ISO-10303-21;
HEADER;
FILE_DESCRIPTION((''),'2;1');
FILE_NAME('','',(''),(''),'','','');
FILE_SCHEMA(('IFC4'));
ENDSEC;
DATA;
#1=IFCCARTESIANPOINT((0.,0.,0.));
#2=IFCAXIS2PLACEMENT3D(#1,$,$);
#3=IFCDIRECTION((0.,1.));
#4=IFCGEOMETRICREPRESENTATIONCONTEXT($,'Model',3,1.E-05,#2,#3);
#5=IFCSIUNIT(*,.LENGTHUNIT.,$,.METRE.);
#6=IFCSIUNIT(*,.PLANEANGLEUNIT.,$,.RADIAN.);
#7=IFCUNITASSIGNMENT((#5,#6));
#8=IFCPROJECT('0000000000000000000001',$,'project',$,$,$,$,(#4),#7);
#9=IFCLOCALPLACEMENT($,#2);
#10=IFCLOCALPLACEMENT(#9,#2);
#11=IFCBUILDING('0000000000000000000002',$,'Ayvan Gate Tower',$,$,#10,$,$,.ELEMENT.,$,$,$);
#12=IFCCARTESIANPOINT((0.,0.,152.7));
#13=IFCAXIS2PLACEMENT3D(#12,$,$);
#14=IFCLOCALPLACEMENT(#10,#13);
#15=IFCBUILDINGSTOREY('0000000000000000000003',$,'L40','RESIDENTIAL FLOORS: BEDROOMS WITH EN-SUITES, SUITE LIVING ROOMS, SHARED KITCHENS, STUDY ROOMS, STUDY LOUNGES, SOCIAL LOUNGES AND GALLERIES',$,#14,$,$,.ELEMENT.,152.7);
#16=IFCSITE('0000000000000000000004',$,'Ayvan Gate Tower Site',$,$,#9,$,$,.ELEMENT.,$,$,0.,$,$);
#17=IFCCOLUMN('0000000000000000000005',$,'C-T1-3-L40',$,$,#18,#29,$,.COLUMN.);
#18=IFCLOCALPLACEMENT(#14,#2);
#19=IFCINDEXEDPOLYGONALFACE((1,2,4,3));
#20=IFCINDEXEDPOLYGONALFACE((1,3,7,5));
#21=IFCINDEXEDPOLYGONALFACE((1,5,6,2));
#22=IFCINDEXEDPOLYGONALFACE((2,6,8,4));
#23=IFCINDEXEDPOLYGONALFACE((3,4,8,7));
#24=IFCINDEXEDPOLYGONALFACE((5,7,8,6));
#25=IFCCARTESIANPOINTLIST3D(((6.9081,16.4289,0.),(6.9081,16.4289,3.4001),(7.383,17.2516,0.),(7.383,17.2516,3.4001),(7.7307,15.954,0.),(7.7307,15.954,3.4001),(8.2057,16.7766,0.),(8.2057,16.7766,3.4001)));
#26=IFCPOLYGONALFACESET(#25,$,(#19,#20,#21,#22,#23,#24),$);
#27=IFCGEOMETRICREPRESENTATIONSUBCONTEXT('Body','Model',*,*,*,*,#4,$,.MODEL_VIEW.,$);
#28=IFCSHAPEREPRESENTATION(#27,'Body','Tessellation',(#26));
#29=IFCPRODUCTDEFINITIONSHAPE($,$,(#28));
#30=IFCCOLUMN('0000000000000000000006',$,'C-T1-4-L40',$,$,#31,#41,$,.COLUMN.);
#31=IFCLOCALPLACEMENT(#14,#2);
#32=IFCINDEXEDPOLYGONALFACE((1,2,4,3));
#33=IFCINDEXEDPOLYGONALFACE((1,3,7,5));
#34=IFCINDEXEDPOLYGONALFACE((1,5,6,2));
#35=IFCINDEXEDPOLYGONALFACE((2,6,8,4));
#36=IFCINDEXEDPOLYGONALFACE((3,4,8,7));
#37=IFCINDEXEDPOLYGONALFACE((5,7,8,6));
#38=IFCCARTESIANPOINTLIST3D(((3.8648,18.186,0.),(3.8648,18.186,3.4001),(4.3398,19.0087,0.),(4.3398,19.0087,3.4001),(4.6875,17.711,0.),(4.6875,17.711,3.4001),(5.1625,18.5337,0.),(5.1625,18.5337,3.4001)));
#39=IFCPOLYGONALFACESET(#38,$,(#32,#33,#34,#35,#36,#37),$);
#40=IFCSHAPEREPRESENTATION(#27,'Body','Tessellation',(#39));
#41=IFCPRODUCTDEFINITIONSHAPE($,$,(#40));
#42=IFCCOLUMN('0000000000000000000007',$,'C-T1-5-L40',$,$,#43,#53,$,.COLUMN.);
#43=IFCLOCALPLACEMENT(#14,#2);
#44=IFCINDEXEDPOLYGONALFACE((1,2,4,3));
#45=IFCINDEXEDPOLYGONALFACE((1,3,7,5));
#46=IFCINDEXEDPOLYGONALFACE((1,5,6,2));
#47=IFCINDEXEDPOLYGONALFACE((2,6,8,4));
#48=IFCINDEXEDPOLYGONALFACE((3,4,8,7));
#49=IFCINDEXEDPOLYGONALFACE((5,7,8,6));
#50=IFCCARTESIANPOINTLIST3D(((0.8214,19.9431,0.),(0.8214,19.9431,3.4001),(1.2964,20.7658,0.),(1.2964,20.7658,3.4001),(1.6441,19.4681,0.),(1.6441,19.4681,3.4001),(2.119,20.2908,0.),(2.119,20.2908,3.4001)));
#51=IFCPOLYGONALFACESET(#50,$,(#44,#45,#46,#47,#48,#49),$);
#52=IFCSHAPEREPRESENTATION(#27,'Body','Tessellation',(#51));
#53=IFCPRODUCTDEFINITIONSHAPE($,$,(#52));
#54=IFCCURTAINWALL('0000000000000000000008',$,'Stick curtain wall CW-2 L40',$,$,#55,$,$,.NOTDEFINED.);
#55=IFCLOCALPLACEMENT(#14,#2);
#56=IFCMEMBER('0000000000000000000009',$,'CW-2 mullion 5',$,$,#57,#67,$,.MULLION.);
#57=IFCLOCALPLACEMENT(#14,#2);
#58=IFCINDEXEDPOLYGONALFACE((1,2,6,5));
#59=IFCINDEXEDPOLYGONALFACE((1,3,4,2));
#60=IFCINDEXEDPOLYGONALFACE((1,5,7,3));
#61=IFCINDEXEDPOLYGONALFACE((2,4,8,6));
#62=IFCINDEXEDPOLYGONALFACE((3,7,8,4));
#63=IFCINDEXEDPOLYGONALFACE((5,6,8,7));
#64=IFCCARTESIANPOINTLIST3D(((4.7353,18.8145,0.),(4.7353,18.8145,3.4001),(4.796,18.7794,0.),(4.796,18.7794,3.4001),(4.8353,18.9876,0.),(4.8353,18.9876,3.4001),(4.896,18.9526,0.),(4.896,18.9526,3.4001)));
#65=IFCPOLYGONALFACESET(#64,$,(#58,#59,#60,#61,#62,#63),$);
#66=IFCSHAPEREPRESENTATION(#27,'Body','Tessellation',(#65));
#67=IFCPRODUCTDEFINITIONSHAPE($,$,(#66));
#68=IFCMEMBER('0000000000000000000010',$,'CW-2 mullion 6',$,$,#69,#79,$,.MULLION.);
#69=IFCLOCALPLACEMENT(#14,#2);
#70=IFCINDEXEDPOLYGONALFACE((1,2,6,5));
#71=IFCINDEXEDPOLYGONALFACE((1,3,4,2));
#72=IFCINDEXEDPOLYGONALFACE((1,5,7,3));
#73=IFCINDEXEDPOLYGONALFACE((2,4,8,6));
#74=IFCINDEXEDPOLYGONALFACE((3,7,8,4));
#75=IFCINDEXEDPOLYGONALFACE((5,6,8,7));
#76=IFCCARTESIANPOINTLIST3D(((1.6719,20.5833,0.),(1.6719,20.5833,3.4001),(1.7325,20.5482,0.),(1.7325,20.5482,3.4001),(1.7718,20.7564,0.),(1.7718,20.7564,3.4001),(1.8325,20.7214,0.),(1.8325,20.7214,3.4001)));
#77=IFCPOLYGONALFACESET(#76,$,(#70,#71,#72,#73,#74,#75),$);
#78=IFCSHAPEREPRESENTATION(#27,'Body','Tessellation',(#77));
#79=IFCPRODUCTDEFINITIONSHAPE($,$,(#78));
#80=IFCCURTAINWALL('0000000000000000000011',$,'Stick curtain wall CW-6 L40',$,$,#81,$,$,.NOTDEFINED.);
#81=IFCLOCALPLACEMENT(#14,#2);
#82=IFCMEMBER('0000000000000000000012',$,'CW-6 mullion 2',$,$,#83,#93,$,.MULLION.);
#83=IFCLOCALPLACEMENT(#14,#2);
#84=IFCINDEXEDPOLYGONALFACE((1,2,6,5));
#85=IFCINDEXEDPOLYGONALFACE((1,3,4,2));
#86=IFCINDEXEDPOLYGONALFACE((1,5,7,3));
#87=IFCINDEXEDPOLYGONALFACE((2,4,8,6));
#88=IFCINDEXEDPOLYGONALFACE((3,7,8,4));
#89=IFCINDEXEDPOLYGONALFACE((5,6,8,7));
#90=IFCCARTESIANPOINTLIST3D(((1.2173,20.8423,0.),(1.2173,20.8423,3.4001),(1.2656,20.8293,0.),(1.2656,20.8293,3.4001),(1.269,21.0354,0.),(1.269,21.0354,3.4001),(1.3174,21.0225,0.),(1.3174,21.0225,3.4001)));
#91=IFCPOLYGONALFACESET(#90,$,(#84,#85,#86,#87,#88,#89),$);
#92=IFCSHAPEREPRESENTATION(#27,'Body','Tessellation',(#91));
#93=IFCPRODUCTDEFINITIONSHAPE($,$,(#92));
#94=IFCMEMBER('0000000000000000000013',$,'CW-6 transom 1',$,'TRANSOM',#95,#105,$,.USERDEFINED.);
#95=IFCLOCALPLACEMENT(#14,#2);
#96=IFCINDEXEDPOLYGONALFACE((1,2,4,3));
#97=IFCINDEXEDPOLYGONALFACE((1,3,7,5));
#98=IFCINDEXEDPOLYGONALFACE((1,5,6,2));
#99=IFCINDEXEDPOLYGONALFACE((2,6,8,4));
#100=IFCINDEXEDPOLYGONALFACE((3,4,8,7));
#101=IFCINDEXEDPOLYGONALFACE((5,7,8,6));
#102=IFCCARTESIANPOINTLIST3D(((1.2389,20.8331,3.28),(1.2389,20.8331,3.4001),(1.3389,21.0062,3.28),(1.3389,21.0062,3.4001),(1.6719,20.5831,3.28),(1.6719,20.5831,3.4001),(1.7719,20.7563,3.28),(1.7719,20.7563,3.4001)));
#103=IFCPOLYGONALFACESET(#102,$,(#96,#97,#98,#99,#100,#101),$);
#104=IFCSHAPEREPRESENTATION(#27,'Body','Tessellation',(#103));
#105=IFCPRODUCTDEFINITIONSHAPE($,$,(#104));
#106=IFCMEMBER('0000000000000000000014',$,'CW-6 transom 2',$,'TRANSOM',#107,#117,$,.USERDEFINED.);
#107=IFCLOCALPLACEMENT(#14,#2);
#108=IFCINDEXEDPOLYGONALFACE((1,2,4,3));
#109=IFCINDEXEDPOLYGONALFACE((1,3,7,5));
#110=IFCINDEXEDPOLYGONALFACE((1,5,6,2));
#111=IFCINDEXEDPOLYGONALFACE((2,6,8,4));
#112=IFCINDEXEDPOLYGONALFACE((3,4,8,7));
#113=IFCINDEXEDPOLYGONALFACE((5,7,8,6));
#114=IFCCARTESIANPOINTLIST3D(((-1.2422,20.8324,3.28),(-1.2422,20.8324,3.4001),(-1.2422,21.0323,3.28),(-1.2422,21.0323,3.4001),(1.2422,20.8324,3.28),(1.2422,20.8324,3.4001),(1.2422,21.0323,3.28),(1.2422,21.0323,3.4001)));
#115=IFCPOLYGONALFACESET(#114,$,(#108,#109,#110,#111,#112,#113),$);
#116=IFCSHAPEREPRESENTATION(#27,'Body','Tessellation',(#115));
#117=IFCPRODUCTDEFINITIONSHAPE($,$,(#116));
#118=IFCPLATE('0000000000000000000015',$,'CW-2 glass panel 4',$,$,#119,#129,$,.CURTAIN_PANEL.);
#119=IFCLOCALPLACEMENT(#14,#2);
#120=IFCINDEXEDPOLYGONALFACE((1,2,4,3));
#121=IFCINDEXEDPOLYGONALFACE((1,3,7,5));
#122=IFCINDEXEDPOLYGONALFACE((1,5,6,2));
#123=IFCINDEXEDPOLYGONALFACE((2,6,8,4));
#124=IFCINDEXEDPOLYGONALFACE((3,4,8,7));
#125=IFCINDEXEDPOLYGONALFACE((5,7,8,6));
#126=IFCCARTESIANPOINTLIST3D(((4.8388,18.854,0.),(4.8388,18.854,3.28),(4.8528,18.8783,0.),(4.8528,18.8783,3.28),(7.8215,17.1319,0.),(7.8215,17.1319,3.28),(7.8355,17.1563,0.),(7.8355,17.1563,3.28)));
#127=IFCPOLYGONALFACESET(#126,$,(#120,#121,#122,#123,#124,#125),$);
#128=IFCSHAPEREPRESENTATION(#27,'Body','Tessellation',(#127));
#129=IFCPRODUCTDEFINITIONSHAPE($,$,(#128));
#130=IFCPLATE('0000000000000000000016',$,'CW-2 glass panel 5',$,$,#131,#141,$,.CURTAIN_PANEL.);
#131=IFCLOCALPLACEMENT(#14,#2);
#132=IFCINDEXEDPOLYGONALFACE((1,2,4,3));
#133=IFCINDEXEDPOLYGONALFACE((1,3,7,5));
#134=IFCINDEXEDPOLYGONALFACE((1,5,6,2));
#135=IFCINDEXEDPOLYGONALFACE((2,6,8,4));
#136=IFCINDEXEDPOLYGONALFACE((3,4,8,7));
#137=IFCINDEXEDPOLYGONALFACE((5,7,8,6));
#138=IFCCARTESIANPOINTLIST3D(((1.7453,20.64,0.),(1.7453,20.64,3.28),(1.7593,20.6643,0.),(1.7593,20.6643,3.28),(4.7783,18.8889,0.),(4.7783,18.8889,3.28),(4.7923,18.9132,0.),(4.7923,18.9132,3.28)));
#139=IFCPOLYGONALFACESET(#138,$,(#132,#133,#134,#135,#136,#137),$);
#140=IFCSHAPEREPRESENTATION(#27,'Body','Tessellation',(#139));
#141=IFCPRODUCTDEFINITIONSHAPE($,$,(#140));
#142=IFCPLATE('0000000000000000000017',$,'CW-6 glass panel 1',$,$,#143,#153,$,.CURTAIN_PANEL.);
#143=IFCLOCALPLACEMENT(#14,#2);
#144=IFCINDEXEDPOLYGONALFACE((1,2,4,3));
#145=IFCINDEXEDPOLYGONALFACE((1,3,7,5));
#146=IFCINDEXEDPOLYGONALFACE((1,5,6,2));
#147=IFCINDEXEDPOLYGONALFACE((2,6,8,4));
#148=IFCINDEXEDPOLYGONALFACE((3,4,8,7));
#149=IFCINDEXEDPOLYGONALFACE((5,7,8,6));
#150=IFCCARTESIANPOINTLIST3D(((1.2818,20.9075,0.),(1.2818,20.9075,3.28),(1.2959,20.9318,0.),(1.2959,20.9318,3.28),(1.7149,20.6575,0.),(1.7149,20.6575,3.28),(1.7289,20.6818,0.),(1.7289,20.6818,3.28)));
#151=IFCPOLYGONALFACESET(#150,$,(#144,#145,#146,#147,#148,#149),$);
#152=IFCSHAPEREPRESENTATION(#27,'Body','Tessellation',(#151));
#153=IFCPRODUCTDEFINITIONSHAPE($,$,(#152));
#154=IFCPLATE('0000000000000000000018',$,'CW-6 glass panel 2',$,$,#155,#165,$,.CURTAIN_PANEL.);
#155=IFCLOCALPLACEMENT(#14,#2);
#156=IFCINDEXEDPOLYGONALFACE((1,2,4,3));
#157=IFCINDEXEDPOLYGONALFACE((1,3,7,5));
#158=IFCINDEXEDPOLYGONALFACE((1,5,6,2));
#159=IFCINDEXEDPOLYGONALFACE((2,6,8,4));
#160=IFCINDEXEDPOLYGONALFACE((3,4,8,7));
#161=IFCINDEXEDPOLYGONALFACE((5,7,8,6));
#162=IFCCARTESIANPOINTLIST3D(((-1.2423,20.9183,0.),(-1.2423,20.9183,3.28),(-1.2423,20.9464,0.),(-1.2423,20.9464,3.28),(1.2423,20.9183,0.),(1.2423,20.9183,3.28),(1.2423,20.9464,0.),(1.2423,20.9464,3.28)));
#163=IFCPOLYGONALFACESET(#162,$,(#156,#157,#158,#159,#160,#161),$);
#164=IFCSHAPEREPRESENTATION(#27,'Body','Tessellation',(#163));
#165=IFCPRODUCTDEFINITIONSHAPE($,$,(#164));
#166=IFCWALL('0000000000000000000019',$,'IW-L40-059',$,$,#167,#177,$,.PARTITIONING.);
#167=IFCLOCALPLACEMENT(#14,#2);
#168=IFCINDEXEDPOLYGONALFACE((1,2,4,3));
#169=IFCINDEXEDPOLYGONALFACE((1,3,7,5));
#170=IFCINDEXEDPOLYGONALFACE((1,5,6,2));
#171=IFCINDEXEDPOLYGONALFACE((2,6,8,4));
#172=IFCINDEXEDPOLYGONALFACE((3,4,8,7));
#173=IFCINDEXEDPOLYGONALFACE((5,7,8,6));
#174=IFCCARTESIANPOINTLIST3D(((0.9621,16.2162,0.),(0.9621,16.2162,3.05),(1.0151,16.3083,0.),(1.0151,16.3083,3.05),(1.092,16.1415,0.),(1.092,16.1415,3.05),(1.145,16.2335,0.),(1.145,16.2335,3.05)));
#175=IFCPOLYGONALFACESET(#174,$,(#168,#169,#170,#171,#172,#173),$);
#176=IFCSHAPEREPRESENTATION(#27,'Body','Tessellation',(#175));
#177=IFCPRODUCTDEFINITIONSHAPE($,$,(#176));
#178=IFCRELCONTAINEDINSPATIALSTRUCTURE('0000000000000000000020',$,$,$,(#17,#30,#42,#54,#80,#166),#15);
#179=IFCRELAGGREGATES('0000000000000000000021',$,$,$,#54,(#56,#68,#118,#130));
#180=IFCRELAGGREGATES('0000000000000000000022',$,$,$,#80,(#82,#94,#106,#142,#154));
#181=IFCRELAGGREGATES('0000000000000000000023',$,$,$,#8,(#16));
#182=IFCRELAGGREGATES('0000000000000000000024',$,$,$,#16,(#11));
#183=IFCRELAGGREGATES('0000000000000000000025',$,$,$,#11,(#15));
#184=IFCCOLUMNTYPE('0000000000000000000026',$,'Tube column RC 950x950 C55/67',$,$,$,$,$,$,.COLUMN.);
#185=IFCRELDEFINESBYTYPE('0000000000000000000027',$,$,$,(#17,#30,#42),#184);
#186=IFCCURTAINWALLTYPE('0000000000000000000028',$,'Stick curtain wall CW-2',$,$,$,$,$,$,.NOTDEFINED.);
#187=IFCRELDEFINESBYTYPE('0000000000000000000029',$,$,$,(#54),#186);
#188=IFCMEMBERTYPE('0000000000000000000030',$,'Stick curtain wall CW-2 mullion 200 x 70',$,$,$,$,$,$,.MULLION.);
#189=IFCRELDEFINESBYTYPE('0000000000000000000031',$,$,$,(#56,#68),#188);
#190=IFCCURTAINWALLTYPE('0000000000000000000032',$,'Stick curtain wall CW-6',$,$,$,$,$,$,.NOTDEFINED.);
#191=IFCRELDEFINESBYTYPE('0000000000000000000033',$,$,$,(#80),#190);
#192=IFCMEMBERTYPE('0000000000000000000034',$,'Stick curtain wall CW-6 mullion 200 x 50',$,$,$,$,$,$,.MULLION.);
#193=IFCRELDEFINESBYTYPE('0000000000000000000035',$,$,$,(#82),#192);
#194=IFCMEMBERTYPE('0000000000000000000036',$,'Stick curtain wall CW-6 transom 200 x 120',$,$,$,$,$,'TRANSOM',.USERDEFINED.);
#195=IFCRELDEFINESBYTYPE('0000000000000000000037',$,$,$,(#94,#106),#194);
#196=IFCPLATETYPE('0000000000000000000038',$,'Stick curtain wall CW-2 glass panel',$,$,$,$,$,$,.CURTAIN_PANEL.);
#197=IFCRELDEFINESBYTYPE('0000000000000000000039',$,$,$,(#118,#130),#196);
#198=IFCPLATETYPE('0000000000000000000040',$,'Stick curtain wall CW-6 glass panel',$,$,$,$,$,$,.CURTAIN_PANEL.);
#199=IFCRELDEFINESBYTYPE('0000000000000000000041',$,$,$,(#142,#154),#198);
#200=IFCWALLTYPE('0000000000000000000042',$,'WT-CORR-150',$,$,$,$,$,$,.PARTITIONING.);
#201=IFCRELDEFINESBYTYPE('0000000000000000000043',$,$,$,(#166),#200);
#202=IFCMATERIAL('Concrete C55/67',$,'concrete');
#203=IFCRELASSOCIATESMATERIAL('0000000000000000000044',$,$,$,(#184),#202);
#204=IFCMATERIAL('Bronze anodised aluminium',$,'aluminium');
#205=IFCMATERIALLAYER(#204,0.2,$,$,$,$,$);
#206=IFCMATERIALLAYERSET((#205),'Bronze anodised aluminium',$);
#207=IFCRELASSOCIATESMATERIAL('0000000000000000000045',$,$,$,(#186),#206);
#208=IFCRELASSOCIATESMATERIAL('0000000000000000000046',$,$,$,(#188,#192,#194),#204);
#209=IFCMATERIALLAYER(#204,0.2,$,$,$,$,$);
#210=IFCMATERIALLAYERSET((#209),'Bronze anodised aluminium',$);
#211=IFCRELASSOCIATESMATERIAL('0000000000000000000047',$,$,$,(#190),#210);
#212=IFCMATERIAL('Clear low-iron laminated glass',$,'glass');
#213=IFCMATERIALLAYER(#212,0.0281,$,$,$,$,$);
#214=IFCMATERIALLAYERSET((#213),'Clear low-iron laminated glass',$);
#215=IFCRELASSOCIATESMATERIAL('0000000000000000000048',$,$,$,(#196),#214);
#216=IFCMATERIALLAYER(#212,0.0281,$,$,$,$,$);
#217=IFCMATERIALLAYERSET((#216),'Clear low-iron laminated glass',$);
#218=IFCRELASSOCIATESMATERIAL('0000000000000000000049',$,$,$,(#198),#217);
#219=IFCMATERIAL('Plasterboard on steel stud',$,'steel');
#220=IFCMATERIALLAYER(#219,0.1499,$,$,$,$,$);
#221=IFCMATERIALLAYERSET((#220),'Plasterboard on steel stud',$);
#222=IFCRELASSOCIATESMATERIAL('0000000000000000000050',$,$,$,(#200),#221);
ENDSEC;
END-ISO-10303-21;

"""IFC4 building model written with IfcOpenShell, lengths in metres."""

from ifc_helpers import new_model, si_unit, direction, frame, frame_2d, origin, origin_2d, place, context, subcontext, project, spatial, rectangle, extrude, material, layer, layer_set, material_profile, profile_set, type_object, element, aggregate, save


model = new_model("IFC4")

# Units and contexts
model_context = context("Model", 3, precision=1e-05, world=origin(), true_north=direction((0.0, 1.0)))
body_context = subcontext(model_context, "Body", "Model", "MODEL_VIEW")
ifc_project = project(units=[si_unit("LENGTHUNIT", "METRE"), si_unit("PLANEANGLEUNIT", "RADIAN")], contexts=[model_context])

# Site, building, storey
site_placement = place(None, origin())
site = spatial("IfcSite", under=ifc_project, at=site_placement, Name="Ayvan Gate Tower Site", CompositionType="ELEMENT", RefElevation=0.0)
building_placement = place(site_placement, origin())
building = spatial("IfcBuilding", under=site, at=building_placement, Name="Ayvan Gate Tower", CompositionType="ELEMENT")
storey_placement = place(building_placement, frame((0.0, 0.0, 152.7)))
storey = spatial("IfcBuildingStorey", under=building, at=storey_placement, Name="L40", Description="RESIDENTIAL FLOORS: BEDROOMS WITH EN-SUITES, SUITE LIVING ROOMS, SHARED KITCHENS, STUDY ROOMS, STUDY LOUNGES, SOCIAL LOUNGES AND GALLERIES", CompositionType="ELEMENT", Elevation=152.7)

# Columns
ifc_material_1 = material(Name="Concrete C55/67", Category="concrete")
ifc_material_profile_1 = material_profile(ifc_material_1, rectangle(XDim=0.95, YDim=0.95, at=origin_2d()), Name="RC 950x950")
ifc_profile_set_1 = profile_set([ifc_material_profile_1], Name="Concrete C55/67")
column_type = type_object("IfcColumnType", Name="Tube column RC 950x950 C55/67", PredefinedType="COLUMN", material=ifc_profile_set_1)
for number, where, z_axis, x_axis, name in (
    (1, (7.5569, 16.6028, 0.0), (0.0, 0.0, 1.0), (0.5, 0.866025, 0.0), "C-T1-3-L40"),
    (2, (4.5137, 18.3599, 0.0), (0.0, 0.0, 1.0), (0.5, 0.866025, 0.0), "C-T1-4-L40"),
    (3, (1.4702, 20.1169, 0.0), (0.0, 0.0, 1.0), (0.5, 0.866025, 0.0), "C-T1-5-L40"),
):
    element("IfcColumn", number, at=place(storey_placement, frame(where, z_axis=z_axis, x_axis=x_axis)), inside=storey, type_object=column_type, Name=name, PredefinedType="COLUMN", context=body_context, shape_type="SweptSolid", body=[
        extrude(rectangle(XDim=0.95, YDim=0.95, at=origin_2d()), origin(), (0.0, 0.0, 1.0), 3.4001),
    ])

# Curtain walls, members
ifc_material_2 = material(Name="Bronze anodised aluminium", Category="aluminium")
ifc_layer_1 = layer(ifc_material_2, 0.2)
ifc_layer_set_1 = layer_set([ifc_layer_1], Name="Bronze anodised aluminium")
curtain_wall_type_1 = type_object("IfcCurtainWallType", Name="Stick curtain wall CW-2", PredefinedType="NOTDEFINED", material=ifc_layer_set_1)
curtain_wall_1_placement = place(storey_placement, origin())
curtain_wall_1 = element("IfcCurtainWall", 4, at=curtain_wall_1_placement, inside=storey, type_object=curtain_wall_type_1, Name="Stick curtain wall CW-2 L40", PredefinedType="NOTDEFINED")
ifc_material_profile_2 = material_profile(ifc_material_2, rectangle(XDim=0.2, YDim=0.0701, at=origin_2d()), Name="Stick curtain wall CW-2 mullion 200 x 70")
ifc_profile_set_2 = profile_set([ifc_material_profile_2], Name="Bronze anodised aluminium")
member_type_1 = type_object("IfcMemberType", Name="Stick curtain wall CW-2 mullion 200 x 70", PredefinedType="MULLION", material=ifc_profile_set_2)
member_1_placement = place(storey_placement, frame((4.8157, 18.8835, 0.0), z_axis=(0.0, 0.0, 1.0), x_axis=(0.5, 0.866025, 0.0)))
member_1 = element("IfcMember", 5, at=member_1_placement, type_object=member_type_1, Name="CW-2 mullion 5", PredefinedType="MULLION", context=body_context, shape_type="SweptSolid", body=[
    extrude(rectangle(XDim=0.2, YDim=0.0701, at=origin_2d()), origin(), (0.0, 0.0, 1.0), 3.4001),
])
member_2_placement = place(storey_placement, frame((1.7522, 20.6523, 0.0), z_axis=(0.0, 0.0, 1.0), x_axis=(0.5, 0.866025, 0.0)))
member_2 = element("IfcMember", 6, at=member_2_placement, type_object=member_type_1, Name="CW-2 mullion 6", PredefinedType="MULLION", context=body_context, shape_type="SweptSolid", body=[
    extrude(rectangle(XDim=0.2, YDim=0.0701, at=origin_2d()), origin(), (0.0, 0.0, 1.0), 3.4001),
])
ifc_layer_2 = layer(ifc_material_2, 0.2)
ifc_layer_set_2 = layer_set([ifc_layer_2], Name="Bronze anodised aluminium")
curtain_wall_type_2 = type_object("IfcCurtainWallType", Name="Stick curtain wall CW-6", PredefinedType="NOTDEFINED", material=ifc_layer_set_2)
curtain_wall_2_placement = place(storey_placement, origin())
curtain_wall_2 = element("IfcCurtainWall", 7, at=curtain_wall_2_placement, inside=storey, type_object=curtain_wall_type_2, Name="Stick curtain wall CW-6 L40", PredefinedType="NOTDEFINED")
ifc_material_profile_3 = material_profile(ifc_material_2, rectangle(XDim=0.2, YDim=0.05, at=origin_2d()), Name="Stick curtain wall CW-6 mullion 200 x 50")
ifc_profile_set_3 = profile_set([ifc_material_profile_3], Name="Bronze anodised aluminium")
member_type_2 = type_object("IfcMemberType", Name="Stick curtain wall CW-6 mullion 200 x 50", PredefinedType="MULLION", material=ifc_profile_set_3)
member_3_placement = place(storey_placement, frame((1.2673, 20.9324, 0.0), z_axis=(0.0, 0.0, 1.0), x_axis=(0.258819, 0.965926, 0.0)))
member_3 = element("IfcMember", 8, at=member_3_placement, type_object=member_type_2, Name="CW-6 mullion 2", PredefinedType="MULLION", context=body_context, shape_type="SweptSolid", body=[
    extrude(rectangle(XDim=0.2, YDim=0.05, at=origin_2d()), origin(), (0.0, 0.0, 1.0), 3.4001),
])
ifc_material_profile_4 = material_profile(ifc_material_2, rectangle(XDim=0.2, YDim=0.1201, at=origin_2d()), Name="Stick curtain wall CW-6 transom 200 x 120")
ifc_profile_set_4 = profile_set([ifc_material_profile_4], Name="Bronze anodised aluminium")
member_type_3 = type_object("IfcMemberType", Name="Stick curtain wall CW-6 transom 200 x 120", ElementType="TRANSOM", PredefinedType="USERDEFINED", material=ifc_profile_set_4)
member_4_placement = place(storey_placement, frame((1.7219, 20.6697, 3.3401), z_axis=(-0.866072, 0.49992, 0.0), x_axis=(-0.49992, -0.866072, 0.0)))
member_4 = element("IfcMember", 9, at=member_4_placement, type_object=member_type_3, Name="CW-6 transom 1", ObjectType="TRANSOM", PredefinedType="USERDEFINED", context=body_context, shape_type="SweptSolid", body=[
    extrude(rectangle(XDim=0.2, YDim=0.1201, at=origin_2d()), origin(), (0.0, 0.0, 1.0), 0.5),
])
member_5_placement = place(storey_placement, frame((1.2422, 20.9324, 3.3401), z_axis=(-1.0, 0.0, 0.0), x_axis=(0.0, -1.0, 0.0)))
member_5 = element("IfcMember", 10, at=member_5_placement, type_object=member_type_3, Name="CW-6 transom 2", ObjectType="TRANSOM", PredefinedType="USERDEFINED", context=body_context, shape_type="SweptSolid", body=[
    extrude(rectangle(XDim=0.2, YDim=0.1201, at=origin_2d()), origin(), (0.0, 0.0, 1.0), 2.4844),
])

# Plates
ifc_material_3 = material(Name="Clear low-iron laminated glass", Category="glass")
ifc_layer_3 = layer(ifc_material_3, 0.0281)
ifc_layer_set_3 = layer_set([ifc_layer_3], Name="Clear low-iron laminated glass")
plate_type_1 = type_object("IfcPlateType", Name="Stick curtain wall CW-2 glass panel", PredefinedType="CURTAIN_PANEL", material=ifc_layer_set_3)
plate_1_placement = place(storey_placement, frame((6.3372, 18.0051, 0.0), z_axis=(0.0, 0.0, 1.0), x_axis=(-0.866025, 0.5, 0.0)))
plate_1 = element("IfcPlate", 11, at=plate_1_placement, type_object=plate_type_1, Name="CW-2 glass panel 4", PredefinedType="CURTAIN_PANEL", context=body_context, shape_type="SweptSolid", body=[
    extrude(rectangle(XDim=3.4441, YDim=0.0281, at=origin_2d()), origin(), (0.0, 0.0, 1.0), 3.28),
])
plate_2_placement = place(storey_placement, frame((3.2688, 19.7766, 0.0), z_axis=(0.0, 0.0, 1.0), x_axis=(-0.866025, 0.5, 0.0)))
plate_2 = element("IfcPlate", 12, at=plate_2_placement, type_object=plate_type_1, Name="CW-2 glass panel 5", PredefinedType="CURTAIN_PANEL", context=body_context, shape_type="SweptSolid", body=[
    extrude(rectangle(XDim=3.5022, YDim=0.0281, at=origin_2d()), origin(), (0.0, 0.0, 1.0), 3.28),
])
aggregate(curtain_wall_1, [member_1, member_2, plate_1, plate_2])
ifc_layer_4 = layer(ifc_material_3, 0.0281)
ifc_layer_set_4 = layer_set([ifc_layer_4], Name="Clear low-iron laminated glass")
plate_type_2 = type_object("IfcPlateType", Name="Stick curtain wall CW-6 glass panel", PredefinedType="CURTAIN_PANEL", material=ifc_layer_set_4)
plate_3_placement = place(storey_placement, frame((1.5054, 20.7947, 0.0), z_axis=(0.0, 0.0, 1.0), x_axis=(-0.866025, 0.5, 0.0)))
plate_3 = element("IfcPlate", 13, at=plate_3_placement, type_object=plate_type_2, Name="CW-6 glass panel 1", PredefinedType="CURTAIN_PANEL", context=body_context, shape_type="SweptSolid", body=[
    extrude(rectangle(XDim=0.5, YDim=0.0281, at=origin_2d()), origin(), (0.0, 0.0, 1.0), 3.28),
])
plate_4_placement = place(storey_placement, frame((0.0, 20.9324, 0.0), z_axis=(0.0, 0.0, 1.0), x_axis=(-1.0, 0.0, 0.0)))
plate_4 = element("IfcPlate", 14, at=plate_4_placement, type_object=plate_type_2, Name="CW-6 glass panel 2", PredefinedType="CURTAIN_PANEL", context=body_context, shape_type="SweptSolid", body=[
    extrude(rectangle(XDim=2.4846, YDim=0.0281, at=origin_2d()), origin(), (0.0, 0.0, 1.0), 3.28),
])
aggregate(curtain_wall_2, [member_3, member_4, member_5, plate_3, plate_4])

# Wall
ifc_material_4 = material(Name="Plasterboard on steel stud", Category="steel")
ifc_layer_5 = layer(ifc_material_4, 0.1499)
ifc_layer_set_5 = layer_set([ifc_layer_5], Name="Plasterboard on steel stud")
wall_type_1 = type_object("IfcWallType", Name="WT-CORR-150", PredefinedType="PARTITIONING", material=ifc_layer_set_5)
wall_1_placement = place(storey_placement, frame((1.0801, 16.271, 0.0), z_axis=(0.0, 0.0, 1.0), x_axis=(-0.49886, -0.866683, 0.0)))
element("IfcWall", 15, at=wall_1_placement, inside=storey, type_object=wall_type_1, Name="IW-L40-059", PredefinedType="PARTITIONING", context=body_context, shape_type="SweptSolid", body=[
    extrude(rectangle(XDim=0.1062, YDim=0.1499, at=frame_2d((0.0532, 0.0))), origin(), (0.0, 0.0, 1.0), 3.05),
])

save(model, "model.ifc")
